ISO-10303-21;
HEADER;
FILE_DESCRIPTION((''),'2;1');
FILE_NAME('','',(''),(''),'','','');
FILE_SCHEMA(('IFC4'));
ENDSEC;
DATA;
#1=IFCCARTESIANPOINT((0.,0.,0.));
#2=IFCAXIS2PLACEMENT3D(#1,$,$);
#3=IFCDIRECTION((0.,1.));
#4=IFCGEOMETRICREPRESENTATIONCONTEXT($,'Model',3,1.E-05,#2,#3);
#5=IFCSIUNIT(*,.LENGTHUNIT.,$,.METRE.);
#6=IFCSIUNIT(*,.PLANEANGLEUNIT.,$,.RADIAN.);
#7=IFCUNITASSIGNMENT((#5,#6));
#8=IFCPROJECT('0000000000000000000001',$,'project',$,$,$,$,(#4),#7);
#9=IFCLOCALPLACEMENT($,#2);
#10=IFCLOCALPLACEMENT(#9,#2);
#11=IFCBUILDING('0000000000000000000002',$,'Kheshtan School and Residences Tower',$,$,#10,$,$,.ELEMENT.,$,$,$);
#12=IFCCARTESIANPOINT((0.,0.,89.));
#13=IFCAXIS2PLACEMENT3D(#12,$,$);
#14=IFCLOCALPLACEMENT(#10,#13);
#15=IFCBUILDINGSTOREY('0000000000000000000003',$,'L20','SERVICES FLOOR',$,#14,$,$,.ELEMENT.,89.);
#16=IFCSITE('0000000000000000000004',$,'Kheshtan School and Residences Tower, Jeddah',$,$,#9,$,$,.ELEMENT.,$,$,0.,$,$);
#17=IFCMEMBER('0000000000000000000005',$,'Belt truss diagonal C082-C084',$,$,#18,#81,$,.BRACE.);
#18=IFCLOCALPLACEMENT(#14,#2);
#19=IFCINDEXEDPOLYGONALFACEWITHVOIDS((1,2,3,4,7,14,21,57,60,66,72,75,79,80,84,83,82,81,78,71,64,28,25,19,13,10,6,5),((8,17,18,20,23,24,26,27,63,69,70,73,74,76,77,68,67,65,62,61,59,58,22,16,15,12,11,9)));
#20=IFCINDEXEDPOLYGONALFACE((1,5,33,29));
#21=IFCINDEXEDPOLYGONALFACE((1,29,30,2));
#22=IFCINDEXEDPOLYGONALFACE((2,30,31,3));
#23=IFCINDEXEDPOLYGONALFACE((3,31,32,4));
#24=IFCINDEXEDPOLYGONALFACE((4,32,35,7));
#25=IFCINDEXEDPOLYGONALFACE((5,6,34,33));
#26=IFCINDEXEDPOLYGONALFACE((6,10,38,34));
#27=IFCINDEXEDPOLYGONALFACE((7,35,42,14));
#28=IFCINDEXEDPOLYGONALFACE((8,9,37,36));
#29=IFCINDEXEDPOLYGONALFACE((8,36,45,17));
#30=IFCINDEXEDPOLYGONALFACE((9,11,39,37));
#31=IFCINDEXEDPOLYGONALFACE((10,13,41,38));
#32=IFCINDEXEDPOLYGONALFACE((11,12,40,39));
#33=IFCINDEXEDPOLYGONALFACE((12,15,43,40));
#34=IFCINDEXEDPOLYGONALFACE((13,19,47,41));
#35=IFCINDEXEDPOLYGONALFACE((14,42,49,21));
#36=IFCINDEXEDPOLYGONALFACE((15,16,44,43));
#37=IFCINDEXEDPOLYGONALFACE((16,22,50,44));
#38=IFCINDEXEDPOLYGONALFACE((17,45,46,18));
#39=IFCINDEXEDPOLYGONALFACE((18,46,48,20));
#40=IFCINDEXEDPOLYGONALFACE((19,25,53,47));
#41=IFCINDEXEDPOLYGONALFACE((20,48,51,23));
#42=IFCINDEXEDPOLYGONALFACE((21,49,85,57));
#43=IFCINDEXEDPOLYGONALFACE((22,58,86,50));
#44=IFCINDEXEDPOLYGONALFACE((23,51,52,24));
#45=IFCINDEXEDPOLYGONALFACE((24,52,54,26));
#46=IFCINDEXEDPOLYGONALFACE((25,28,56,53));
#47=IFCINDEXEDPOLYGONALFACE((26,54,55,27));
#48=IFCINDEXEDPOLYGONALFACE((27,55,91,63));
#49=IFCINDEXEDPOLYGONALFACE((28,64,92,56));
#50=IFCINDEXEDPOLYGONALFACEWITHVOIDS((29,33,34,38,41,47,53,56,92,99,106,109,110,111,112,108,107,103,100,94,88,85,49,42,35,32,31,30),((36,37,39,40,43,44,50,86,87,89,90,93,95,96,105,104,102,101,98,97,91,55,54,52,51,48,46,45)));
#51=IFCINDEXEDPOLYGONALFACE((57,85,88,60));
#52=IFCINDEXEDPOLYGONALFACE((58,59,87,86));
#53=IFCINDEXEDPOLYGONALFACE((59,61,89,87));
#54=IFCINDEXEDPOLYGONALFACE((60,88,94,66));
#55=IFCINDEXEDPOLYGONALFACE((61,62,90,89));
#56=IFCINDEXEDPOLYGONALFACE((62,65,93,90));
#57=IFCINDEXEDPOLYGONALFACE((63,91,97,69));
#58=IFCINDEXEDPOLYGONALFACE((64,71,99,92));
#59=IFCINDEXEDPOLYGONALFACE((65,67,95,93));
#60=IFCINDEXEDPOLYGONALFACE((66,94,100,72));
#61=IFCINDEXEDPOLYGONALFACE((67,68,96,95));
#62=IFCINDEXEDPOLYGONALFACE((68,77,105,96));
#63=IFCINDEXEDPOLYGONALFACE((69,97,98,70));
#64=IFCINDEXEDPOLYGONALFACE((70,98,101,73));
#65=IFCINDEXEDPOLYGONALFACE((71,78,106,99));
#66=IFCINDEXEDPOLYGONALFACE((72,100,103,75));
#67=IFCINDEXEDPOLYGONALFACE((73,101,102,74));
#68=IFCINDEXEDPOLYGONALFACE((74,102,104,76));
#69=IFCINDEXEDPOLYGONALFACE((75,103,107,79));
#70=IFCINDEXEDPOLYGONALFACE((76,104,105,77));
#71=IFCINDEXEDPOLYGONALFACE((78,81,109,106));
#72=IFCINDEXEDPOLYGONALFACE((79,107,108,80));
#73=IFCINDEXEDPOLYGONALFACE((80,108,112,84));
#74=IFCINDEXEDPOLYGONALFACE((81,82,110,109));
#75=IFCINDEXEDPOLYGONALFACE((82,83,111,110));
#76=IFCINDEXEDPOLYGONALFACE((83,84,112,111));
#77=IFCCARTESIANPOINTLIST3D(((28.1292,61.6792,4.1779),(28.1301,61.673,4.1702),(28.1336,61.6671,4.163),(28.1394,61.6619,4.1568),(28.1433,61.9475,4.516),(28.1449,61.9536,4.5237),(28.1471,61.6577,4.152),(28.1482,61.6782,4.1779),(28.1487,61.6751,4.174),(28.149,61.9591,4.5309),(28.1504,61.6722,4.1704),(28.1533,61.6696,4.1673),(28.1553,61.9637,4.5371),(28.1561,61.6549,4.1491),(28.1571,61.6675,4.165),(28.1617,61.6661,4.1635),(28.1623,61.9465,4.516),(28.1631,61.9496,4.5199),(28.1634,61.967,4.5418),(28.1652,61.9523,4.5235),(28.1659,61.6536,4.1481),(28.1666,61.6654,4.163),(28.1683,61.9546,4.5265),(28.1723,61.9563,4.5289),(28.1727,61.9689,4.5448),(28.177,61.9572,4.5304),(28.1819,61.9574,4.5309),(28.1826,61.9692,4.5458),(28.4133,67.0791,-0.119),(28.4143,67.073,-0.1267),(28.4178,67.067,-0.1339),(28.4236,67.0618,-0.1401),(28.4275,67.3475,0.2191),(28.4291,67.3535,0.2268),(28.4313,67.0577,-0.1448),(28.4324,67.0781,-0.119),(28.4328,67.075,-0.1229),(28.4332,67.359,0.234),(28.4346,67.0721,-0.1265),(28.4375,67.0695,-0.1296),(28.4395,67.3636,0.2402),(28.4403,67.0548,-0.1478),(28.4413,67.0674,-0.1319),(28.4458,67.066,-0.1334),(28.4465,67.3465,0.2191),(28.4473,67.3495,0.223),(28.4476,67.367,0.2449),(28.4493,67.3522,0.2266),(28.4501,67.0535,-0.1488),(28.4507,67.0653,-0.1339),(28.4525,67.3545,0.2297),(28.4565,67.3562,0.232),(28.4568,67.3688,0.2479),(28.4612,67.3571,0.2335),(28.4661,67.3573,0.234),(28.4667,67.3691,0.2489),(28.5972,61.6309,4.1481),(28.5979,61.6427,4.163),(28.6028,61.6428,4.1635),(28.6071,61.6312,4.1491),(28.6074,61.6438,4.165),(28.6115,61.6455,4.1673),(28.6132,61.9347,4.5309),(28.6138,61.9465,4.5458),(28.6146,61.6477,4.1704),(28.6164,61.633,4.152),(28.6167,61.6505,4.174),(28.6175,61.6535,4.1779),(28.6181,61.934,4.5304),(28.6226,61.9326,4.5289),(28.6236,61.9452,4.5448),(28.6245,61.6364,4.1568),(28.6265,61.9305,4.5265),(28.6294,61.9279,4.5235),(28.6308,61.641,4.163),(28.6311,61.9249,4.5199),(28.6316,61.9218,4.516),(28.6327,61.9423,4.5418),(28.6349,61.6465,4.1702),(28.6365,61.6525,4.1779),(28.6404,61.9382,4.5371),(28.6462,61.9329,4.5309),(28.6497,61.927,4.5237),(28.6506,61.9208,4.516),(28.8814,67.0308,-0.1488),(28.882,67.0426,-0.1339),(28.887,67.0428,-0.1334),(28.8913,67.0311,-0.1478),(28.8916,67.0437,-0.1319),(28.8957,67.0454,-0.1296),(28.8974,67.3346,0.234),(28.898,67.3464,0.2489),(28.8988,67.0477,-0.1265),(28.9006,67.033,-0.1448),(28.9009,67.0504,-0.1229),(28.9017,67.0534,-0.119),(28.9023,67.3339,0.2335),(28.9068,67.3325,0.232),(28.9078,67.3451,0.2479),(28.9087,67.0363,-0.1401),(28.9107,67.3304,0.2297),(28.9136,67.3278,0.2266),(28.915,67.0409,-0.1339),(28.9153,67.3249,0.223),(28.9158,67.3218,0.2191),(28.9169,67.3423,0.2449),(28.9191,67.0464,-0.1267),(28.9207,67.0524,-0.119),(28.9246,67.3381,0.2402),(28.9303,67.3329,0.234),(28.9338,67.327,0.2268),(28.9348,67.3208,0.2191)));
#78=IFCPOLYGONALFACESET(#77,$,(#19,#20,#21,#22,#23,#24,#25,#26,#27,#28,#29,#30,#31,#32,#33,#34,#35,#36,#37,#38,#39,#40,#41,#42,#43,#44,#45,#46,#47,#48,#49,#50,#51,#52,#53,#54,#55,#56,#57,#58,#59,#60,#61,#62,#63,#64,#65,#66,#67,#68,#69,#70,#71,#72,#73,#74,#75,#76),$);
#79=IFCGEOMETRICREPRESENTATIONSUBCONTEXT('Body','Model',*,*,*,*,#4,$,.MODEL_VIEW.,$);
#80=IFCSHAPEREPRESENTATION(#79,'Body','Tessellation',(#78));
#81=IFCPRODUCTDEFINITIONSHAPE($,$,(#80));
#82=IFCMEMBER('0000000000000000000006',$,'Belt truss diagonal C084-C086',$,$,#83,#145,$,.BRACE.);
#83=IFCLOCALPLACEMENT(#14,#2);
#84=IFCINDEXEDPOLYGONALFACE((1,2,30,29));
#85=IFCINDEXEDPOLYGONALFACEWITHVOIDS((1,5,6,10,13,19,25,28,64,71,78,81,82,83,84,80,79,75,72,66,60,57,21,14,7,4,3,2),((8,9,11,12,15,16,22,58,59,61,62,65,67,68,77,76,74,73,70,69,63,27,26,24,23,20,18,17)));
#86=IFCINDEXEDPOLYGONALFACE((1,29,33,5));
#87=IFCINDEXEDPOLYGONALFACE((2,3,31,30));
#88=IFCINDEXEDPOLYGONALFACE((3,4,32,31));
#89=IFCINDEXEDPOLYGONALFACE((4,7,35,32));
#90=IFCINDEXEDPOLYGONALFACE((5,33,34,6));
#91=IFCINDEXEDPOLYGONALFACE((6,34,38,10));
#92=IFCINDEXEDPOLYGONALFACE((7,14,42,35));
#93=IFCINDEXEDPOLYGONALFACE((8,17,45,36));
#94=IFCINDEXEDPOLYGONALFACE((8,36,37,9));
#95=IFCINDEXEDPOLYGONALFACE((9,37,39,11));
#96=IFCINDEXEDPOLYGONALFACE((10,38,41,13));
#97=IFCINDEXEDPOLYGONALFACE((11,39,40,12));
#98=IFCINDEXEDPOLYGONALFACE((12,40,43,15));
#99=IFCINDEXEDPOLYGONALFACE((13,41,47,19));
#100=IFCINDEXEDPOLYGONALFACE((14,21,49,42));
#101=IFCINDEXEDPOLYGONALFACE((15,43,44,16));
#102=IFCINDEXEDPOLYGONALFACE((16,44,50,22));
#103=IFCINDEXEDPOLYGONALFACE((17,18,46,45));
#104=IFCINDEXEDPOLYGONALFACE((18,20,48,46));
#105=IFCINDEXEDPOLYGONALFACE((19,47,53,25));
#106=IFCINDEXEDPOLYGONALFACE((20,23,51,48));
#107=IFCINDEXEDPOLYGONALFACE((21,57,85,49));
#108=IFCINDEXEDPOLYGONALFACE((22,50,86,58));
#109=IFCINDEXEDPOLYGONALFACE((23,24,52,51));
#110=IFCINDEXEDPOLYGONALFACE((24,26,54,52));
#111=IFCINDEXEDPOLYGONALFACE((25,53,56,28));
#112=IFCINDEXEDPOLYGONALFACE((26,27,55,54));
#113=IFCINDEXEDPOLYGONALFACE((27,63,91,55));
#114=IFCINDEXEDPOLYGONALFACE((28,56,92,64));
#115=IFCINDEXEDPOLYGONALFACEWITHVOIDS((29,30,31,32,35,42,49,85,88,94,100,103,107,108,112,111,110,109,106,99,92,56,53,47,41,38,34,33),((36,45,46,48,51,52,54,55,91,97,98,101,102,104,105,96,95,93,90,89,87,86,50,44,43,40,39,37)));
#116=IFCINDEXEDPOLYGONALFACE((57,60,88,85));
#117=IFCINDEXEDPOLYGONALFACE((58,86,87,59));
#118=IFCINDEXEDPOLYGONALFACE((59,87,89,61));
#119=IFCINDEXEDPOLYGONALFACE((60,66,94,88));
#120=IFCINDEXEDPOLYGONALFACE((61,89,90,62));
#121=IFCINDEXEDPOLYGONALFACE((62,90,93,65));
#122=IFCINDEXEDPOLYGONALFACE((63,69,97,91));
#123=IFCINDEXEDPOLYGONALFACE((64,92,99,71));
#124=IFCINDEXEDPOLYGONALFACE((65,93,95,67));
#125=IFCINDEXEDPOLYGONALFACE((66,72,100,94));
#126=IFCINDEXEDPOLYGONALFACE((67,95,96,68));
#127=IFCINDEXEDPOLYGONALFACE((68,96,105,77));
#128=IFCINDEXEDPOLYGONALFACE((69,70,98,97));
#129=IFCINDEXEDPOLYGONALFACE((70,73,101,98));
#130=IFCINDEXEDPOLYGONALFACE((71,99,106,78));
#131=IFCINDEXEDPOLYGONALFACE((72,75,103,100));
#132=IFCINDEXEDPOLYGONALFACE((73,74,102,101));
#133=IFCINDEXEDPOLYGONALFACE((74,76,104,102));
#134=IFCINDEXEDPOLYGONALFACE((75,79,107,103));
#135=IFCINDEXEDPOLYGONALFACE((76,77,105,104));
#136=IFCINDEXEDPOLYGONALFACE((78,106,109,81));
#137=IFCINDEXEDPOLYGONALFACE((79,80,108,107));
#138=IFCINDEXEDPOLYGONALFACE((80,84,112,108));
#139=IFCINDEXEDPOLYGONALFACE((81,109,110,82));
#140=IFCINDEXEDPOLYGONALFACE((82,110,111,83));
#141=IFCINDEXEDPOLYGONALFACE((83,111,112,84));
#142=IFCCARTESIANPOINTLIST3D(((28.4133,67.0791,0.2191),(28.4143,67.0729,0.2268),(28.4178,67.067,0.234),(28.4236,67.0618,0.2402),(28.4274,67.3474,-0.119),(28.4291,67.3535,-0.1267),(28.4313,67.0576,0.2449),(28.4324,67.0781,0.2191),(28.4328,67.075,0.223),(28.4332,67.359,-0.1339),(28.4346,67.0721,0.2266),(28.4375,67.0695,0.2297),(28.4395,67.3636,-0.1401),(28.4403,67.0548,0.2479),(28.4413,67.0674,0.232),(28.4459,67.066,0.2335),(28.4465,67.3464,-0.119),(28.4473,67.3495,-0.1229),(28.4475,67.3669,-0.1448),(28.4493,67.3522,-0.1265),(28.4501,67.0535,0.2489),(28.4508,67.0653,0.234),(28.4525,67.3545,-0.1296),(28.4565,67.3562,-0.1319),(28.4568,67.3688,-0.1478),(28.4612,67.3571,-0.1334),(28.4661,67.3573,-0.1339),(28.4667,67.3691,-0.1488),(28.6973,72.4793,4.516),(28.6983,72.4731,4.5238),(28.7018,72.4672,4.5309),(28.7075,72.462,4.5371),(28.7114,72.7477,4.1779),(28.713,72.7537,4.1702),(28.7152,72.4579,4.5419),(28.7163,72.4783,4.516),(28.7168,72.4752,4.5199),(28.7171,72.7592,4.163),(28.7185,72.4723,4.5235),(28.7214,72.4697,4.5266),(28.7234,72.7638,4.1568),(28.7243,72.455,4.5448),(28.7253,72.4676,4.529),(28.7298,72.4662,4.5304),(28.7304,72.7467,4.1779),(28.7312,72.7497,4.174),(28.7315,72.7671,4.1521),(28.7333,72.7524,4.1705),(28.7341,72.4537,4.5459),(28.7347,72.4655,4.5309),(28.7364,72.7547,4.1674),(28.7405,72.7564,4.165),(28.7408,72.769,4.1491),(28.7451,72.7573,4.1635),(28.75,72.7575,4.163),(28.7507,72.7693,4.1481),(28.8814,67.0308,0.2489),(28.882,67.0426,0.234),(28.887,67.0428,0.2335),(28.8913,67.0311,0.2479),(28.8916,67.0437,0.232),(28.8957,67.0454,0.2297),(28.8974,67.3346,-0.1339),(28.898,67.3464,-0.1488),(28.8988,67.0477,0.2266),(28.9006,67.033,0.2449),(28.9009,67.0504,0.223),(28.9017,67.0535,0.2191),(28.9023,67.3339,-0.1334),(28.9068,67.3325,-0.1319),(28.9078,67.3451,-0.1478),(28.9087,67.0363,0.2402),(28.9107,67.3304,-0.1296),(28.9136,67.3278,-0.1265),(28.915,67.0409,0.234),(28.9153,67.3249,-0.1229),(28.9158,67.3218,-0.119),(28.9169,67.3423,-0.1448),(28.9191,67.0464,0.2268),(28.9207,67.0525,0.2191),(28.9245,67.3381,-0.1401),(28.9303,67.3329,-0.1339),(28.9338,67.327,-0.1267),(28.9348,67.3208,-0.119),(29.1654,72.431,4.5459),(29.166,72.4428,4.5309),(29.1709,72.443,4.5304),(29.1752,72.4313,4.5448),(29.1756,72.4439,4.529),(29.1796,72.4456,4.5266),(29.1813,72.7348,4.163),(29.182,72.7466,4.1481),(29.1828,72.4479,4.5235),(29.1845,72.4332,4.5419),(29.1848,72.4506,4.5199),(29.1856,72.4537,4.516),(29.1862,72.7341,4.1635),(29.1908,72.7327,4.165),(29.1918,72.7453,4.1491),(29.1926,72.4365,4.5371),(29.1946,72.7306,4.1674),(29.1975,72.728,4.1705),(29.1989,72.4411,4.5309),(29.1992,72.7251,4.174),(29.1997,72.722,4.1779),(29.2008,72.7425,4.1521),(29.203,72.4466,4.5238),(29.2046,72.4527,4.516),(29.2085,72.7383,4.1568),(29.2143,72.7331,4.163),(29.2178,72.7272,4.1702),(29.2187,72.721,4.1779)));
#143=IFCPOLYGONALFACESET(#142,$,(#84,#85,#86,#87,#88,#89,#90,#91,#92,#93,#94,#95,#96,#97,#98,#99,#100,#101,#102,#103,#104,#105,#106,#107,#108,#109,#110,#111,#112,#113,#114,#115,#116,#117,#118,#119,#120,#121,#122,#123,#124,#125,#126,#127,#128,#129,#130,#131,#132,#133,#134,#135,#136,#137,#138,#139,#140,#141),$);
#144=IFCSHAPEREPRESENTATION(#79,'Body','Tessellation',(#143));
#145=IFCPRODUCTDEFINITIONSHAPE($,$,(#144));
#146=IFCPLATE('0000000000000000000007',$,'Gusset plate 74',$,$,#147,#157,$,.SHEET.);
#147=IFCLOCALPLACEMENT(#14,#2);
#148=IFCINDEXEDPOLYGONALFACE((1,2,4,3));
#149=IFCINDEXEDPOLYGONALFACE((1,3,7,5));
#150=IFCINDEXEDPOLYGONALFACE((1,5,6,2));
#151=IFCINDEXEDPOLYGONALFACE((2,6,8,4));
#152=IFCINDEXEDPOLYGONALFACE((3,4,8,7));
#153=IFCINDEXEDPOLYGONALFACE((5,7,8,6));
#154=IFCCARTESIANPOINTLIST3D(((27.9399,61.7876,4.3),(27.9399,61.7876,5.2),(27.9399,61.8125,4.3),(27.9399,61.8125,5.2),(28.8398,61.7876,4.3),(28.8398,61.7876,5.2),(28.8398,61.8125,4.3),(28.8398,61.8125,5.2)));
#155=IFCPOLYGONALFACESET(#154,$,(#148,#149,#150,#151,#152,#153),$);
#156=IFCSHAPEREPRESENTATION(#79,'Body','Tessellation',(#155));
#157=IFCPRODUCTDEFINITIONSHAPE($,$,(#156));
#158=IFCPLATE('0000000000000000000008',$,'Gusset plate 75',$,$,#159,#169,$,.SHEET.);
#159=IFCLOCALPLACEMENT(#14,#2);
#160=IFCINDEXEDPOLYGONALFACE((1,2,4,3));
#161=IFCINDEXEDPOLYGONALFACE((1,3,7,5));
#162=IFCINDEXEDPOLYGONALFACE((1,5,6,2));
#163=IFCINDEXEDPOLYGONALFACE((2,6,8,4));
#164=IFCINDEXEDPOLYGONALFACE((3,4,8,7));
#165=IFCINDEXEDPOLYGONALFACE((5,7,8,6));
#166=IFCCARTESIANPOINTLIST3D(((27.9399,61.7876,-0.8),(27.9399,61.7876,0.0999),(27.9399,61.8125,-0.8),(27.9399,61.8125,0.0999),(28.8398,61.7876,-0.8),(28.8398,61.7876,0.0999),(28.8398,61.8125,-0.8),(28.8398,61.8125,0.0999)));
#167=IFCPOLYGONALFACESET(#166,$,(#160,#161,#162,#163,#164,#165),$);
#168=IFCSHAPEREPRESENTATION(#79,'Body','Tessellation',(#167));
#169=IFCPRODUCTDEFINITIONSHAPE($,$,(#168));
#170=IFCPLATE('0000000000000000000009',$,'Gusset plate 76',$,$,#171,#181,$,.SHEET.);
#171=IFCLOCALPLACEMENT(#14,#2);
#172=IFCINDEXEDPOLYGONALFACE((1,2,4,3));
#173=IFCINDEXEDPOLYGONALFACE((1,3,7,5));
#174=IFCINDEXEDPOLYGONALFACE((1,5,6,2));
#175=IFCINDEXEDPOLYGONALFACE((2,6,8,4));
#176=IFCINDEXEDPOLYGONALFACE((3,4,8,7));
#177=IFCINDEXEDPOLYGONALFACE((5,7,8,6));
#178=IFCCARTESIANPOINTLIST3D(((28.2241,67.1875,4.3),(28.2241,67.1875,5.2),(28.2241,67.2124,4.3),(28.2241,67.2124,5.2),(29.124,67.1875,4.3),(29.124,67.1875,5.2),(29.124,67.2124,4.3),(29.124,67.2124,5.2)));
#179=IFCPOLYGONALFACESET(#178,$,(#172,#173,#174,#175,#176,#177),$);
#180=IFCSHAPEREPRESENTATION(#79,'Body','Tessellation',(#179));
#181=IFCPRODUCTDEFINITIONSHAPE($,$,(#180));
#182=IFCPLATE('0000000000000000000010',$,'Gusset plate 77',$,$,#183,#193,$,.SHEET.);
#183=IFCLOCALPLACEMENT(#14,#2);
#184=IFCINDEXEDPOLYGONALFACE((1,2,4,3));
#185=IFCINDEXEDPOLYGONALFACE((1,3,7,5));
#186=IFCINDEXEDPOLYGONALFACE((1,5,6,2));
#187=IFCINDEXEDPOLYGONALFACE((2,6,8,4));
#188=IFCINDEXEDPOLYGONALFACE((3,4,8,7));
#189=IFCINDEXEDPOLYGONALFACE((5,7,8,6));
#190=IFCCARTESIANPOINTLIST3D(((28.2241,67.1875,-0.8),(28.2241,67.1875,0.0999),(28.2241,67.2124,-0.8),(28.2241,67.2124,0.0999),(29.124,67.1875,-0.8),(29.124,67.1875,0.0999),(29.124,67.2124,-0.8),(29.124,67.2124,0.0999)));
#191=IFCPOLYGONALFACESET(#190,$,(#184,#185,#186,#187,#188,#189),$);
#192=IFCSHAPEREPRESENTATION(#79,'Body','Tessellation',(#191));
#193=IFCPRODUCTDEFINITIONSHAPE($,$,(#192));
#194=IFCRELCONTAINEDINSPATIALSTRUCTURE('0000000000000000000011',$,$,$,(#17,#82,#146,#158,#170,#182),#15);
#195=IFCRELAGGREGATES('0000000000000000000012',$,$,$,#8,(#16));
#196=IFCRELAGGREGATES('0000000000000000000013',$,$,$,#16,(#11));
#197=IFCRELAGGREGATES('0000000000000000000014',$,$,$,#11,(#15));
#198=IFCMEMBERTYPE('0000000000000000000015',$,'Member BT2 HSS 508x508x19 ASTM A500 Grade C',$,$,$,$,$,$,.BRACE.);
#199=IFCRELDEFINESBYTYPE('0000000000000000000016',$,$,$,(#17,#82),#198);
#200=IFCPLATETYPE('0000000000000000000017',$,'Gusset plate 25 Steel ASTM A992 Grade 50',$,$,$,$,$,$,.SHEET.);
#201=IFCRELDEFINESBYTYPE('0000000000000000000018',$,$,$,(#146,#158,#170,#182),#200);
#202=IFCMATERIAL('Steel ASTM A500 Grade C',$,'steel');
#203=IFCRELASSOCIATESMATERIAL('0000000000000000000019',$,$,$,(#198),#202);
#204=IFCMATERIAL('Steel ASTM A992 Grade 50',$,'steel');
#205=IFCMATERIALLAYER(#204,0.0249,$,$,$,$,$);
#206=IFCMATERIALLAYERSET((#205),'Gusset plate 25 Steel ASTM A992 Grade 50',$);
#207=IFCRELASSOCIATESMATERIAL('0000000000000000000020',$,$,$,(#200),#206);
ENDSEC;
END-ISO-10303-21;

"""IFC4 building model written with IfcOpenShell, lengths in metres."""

from ifc_helpers import new_model, si_unit, direction, frame, origin, origin_2d, place, context, subcontext, project, spatial, rectangle, hollow_rectangle, extrude, material, layer, layer_set, material_profile, profile_set, type_object, element, save


model = new_model("IFC4")

# Units and contexts
model_context = context("Model", 3, precision=1e-05, world=origin(), true_north=direction((0.0, 1.0)))
body_context = subcontext(model_context, "Body", "Model", "MODEL_VIEW")
ifc_project = project(units=[si_unit("LENGTHUNIT", "METRE"), si_unit("PLANEANGLEUNIT", "RADIAN")], contexts=[model_context])

# Site, building, storey
site_placement = place(None, origin())
site = spatial("IfcSite", under=ifc_project, at=site_placement, Name="Kheshtan School and Residences Tower, Jeddah", CompositionType="ELEMENT", RefElevation=0.0)
building_placement = place(site_placement, origin())
building = spatial("IfcBuilding", under=site, at=building_placement, Name="Kheshtan School and Residences Tower", CompositionType="ELEMENT")
storey_placement = place(building_placement, frame((0.0, 0.0, 89.0)))
storey = spatial("IfcBuildingStorey", under=building, at=storey_placement, Name="L20", Description="SERVICES FLOOR", CompositionType="ELEMENT", Elevation=89.0)

# Shared definitions
ifc_material_1 = material(Name="Steel ASTM A992 Grade 50", Category="steel")

# Members
ifc_material_2 = material(Name="Steel ASTM A500 Grade C", Category="steel")
ifc_material_profile_1 = material_profile(ifc_material_2, hollow_rectangle(XDim=0.5081, YDim=0.5081, WallThickness=0.019, InnerFilletRadius=0.019, OuterFilletRadius=0.0381, at=origin_2d()), Name="HSS 508x508x19")
ifc_profile_set_1 = profile_set([ifc_material_profile_1], Name="Steel ASTM A500 Grade C")
member_type = type_object("IfcMemberType", Name="Member BT2 HSS 508x508x19 ASTM A500 Grade C", PredefinedType="BRACE", material=ifc_profile_set_1)
member_1_placement = place(storey_placement, frame((28.6741, 67.2, 0.05), z_axis=(-0.041145, -0.781833, 0.622129), x_axis=(0.998618, -0.052554, 0.0)))
element("IfcMember", 1, at=member_1_placement, inside=storey, type_object=member_type, Name="Belt truss diagonal C082-C084", PredefinedType="BRACE", context=body_context, shape_type="SweptSolid", body=[
    extrude(hollow_rectangle(XDim=0.5081, YDim=0.5081, WallThickness=0.019, InnerFilletRadius=0.019, OuterFilletRadius=0.0381, at=origin_2d()), origin(), (0.0, 0.0, 1.0), 6.9067),
])
member_2_placement = place(storey_placement, frame((28.6741, 67.2, 0.05), z_axis=(0.041109, 0.781848, 0.622113), x_axis=(-0.998621, 0.052507, 0.0)))
element("IfcMember", 2, at=member_2_placement, inside=storey, type_object=member_type, Name="Belt truss diagonal C084-C086", PredefinedType="BRACE", context=body_context, shape_type="SweptSolid", body=[
    extrude(hollow_rectangle(XDim=0.5081, YDim=0.5081, WallThickness=0.019, InnerFilletRadius=0.019, OuterFilletRadius=0.0381, at=origin_2d()), origin(), (0.0, 0.0, 1.0), 6.907),
])

# Plates
ifc_layer_1 = layer(ifc_material_1, 0.0249)
ifc_layer_set_1 = layer_set([ifc_layer_1], Name="Gusset plate 25 Steel ASTM A992 Grade 50")
plate_type = type_object("IfcPlateType", Name="Gusset plate 25 Steel ASTM A992 Grade 50", PredefinedType="SHEET", material=ifc_layer_set_1)
for number, where, z_axis, x_axis, name in (
    (3, (28.3899, 61.8, 4.3), (0.0, 0.0, 1.0), (1.0, 0.0, 0.0), "Gusset plate 74"),
    (4, (28.3899, 61.8, -0.8), (0.0, 0.0, 1.0), (1.0, 0.0, 0.0), "Gusset plate 75"),
    (5, (28.6741, 67.2, 4.3), (0.0, 0.0, 1.0), (1.0, 0.0, 0.0), "Gusset plate 76"),
    (6, (28.6741, 67.2, -0.8), (0.0, 0.0, 1.0), (1.0, 0.0, 0.0), "Gusset plate 77"),
):
    element("IfcPlate", number, at=place(storey_placement, frame(where, z_axis=z_axis, x_axis=x_axis)), inside=storey, type_object=plate_type, Name=name, PredefinedType="SHEET", context=body_context, shape_type="SweptSolid", body=[
        extrude(rectangle(XDim=0.8999, YDim=0.0249, at=origin_2d()), origin(), (0.0, 0.0, 1.0), 0.8999),
    ])

save(model, "model.ifc")
